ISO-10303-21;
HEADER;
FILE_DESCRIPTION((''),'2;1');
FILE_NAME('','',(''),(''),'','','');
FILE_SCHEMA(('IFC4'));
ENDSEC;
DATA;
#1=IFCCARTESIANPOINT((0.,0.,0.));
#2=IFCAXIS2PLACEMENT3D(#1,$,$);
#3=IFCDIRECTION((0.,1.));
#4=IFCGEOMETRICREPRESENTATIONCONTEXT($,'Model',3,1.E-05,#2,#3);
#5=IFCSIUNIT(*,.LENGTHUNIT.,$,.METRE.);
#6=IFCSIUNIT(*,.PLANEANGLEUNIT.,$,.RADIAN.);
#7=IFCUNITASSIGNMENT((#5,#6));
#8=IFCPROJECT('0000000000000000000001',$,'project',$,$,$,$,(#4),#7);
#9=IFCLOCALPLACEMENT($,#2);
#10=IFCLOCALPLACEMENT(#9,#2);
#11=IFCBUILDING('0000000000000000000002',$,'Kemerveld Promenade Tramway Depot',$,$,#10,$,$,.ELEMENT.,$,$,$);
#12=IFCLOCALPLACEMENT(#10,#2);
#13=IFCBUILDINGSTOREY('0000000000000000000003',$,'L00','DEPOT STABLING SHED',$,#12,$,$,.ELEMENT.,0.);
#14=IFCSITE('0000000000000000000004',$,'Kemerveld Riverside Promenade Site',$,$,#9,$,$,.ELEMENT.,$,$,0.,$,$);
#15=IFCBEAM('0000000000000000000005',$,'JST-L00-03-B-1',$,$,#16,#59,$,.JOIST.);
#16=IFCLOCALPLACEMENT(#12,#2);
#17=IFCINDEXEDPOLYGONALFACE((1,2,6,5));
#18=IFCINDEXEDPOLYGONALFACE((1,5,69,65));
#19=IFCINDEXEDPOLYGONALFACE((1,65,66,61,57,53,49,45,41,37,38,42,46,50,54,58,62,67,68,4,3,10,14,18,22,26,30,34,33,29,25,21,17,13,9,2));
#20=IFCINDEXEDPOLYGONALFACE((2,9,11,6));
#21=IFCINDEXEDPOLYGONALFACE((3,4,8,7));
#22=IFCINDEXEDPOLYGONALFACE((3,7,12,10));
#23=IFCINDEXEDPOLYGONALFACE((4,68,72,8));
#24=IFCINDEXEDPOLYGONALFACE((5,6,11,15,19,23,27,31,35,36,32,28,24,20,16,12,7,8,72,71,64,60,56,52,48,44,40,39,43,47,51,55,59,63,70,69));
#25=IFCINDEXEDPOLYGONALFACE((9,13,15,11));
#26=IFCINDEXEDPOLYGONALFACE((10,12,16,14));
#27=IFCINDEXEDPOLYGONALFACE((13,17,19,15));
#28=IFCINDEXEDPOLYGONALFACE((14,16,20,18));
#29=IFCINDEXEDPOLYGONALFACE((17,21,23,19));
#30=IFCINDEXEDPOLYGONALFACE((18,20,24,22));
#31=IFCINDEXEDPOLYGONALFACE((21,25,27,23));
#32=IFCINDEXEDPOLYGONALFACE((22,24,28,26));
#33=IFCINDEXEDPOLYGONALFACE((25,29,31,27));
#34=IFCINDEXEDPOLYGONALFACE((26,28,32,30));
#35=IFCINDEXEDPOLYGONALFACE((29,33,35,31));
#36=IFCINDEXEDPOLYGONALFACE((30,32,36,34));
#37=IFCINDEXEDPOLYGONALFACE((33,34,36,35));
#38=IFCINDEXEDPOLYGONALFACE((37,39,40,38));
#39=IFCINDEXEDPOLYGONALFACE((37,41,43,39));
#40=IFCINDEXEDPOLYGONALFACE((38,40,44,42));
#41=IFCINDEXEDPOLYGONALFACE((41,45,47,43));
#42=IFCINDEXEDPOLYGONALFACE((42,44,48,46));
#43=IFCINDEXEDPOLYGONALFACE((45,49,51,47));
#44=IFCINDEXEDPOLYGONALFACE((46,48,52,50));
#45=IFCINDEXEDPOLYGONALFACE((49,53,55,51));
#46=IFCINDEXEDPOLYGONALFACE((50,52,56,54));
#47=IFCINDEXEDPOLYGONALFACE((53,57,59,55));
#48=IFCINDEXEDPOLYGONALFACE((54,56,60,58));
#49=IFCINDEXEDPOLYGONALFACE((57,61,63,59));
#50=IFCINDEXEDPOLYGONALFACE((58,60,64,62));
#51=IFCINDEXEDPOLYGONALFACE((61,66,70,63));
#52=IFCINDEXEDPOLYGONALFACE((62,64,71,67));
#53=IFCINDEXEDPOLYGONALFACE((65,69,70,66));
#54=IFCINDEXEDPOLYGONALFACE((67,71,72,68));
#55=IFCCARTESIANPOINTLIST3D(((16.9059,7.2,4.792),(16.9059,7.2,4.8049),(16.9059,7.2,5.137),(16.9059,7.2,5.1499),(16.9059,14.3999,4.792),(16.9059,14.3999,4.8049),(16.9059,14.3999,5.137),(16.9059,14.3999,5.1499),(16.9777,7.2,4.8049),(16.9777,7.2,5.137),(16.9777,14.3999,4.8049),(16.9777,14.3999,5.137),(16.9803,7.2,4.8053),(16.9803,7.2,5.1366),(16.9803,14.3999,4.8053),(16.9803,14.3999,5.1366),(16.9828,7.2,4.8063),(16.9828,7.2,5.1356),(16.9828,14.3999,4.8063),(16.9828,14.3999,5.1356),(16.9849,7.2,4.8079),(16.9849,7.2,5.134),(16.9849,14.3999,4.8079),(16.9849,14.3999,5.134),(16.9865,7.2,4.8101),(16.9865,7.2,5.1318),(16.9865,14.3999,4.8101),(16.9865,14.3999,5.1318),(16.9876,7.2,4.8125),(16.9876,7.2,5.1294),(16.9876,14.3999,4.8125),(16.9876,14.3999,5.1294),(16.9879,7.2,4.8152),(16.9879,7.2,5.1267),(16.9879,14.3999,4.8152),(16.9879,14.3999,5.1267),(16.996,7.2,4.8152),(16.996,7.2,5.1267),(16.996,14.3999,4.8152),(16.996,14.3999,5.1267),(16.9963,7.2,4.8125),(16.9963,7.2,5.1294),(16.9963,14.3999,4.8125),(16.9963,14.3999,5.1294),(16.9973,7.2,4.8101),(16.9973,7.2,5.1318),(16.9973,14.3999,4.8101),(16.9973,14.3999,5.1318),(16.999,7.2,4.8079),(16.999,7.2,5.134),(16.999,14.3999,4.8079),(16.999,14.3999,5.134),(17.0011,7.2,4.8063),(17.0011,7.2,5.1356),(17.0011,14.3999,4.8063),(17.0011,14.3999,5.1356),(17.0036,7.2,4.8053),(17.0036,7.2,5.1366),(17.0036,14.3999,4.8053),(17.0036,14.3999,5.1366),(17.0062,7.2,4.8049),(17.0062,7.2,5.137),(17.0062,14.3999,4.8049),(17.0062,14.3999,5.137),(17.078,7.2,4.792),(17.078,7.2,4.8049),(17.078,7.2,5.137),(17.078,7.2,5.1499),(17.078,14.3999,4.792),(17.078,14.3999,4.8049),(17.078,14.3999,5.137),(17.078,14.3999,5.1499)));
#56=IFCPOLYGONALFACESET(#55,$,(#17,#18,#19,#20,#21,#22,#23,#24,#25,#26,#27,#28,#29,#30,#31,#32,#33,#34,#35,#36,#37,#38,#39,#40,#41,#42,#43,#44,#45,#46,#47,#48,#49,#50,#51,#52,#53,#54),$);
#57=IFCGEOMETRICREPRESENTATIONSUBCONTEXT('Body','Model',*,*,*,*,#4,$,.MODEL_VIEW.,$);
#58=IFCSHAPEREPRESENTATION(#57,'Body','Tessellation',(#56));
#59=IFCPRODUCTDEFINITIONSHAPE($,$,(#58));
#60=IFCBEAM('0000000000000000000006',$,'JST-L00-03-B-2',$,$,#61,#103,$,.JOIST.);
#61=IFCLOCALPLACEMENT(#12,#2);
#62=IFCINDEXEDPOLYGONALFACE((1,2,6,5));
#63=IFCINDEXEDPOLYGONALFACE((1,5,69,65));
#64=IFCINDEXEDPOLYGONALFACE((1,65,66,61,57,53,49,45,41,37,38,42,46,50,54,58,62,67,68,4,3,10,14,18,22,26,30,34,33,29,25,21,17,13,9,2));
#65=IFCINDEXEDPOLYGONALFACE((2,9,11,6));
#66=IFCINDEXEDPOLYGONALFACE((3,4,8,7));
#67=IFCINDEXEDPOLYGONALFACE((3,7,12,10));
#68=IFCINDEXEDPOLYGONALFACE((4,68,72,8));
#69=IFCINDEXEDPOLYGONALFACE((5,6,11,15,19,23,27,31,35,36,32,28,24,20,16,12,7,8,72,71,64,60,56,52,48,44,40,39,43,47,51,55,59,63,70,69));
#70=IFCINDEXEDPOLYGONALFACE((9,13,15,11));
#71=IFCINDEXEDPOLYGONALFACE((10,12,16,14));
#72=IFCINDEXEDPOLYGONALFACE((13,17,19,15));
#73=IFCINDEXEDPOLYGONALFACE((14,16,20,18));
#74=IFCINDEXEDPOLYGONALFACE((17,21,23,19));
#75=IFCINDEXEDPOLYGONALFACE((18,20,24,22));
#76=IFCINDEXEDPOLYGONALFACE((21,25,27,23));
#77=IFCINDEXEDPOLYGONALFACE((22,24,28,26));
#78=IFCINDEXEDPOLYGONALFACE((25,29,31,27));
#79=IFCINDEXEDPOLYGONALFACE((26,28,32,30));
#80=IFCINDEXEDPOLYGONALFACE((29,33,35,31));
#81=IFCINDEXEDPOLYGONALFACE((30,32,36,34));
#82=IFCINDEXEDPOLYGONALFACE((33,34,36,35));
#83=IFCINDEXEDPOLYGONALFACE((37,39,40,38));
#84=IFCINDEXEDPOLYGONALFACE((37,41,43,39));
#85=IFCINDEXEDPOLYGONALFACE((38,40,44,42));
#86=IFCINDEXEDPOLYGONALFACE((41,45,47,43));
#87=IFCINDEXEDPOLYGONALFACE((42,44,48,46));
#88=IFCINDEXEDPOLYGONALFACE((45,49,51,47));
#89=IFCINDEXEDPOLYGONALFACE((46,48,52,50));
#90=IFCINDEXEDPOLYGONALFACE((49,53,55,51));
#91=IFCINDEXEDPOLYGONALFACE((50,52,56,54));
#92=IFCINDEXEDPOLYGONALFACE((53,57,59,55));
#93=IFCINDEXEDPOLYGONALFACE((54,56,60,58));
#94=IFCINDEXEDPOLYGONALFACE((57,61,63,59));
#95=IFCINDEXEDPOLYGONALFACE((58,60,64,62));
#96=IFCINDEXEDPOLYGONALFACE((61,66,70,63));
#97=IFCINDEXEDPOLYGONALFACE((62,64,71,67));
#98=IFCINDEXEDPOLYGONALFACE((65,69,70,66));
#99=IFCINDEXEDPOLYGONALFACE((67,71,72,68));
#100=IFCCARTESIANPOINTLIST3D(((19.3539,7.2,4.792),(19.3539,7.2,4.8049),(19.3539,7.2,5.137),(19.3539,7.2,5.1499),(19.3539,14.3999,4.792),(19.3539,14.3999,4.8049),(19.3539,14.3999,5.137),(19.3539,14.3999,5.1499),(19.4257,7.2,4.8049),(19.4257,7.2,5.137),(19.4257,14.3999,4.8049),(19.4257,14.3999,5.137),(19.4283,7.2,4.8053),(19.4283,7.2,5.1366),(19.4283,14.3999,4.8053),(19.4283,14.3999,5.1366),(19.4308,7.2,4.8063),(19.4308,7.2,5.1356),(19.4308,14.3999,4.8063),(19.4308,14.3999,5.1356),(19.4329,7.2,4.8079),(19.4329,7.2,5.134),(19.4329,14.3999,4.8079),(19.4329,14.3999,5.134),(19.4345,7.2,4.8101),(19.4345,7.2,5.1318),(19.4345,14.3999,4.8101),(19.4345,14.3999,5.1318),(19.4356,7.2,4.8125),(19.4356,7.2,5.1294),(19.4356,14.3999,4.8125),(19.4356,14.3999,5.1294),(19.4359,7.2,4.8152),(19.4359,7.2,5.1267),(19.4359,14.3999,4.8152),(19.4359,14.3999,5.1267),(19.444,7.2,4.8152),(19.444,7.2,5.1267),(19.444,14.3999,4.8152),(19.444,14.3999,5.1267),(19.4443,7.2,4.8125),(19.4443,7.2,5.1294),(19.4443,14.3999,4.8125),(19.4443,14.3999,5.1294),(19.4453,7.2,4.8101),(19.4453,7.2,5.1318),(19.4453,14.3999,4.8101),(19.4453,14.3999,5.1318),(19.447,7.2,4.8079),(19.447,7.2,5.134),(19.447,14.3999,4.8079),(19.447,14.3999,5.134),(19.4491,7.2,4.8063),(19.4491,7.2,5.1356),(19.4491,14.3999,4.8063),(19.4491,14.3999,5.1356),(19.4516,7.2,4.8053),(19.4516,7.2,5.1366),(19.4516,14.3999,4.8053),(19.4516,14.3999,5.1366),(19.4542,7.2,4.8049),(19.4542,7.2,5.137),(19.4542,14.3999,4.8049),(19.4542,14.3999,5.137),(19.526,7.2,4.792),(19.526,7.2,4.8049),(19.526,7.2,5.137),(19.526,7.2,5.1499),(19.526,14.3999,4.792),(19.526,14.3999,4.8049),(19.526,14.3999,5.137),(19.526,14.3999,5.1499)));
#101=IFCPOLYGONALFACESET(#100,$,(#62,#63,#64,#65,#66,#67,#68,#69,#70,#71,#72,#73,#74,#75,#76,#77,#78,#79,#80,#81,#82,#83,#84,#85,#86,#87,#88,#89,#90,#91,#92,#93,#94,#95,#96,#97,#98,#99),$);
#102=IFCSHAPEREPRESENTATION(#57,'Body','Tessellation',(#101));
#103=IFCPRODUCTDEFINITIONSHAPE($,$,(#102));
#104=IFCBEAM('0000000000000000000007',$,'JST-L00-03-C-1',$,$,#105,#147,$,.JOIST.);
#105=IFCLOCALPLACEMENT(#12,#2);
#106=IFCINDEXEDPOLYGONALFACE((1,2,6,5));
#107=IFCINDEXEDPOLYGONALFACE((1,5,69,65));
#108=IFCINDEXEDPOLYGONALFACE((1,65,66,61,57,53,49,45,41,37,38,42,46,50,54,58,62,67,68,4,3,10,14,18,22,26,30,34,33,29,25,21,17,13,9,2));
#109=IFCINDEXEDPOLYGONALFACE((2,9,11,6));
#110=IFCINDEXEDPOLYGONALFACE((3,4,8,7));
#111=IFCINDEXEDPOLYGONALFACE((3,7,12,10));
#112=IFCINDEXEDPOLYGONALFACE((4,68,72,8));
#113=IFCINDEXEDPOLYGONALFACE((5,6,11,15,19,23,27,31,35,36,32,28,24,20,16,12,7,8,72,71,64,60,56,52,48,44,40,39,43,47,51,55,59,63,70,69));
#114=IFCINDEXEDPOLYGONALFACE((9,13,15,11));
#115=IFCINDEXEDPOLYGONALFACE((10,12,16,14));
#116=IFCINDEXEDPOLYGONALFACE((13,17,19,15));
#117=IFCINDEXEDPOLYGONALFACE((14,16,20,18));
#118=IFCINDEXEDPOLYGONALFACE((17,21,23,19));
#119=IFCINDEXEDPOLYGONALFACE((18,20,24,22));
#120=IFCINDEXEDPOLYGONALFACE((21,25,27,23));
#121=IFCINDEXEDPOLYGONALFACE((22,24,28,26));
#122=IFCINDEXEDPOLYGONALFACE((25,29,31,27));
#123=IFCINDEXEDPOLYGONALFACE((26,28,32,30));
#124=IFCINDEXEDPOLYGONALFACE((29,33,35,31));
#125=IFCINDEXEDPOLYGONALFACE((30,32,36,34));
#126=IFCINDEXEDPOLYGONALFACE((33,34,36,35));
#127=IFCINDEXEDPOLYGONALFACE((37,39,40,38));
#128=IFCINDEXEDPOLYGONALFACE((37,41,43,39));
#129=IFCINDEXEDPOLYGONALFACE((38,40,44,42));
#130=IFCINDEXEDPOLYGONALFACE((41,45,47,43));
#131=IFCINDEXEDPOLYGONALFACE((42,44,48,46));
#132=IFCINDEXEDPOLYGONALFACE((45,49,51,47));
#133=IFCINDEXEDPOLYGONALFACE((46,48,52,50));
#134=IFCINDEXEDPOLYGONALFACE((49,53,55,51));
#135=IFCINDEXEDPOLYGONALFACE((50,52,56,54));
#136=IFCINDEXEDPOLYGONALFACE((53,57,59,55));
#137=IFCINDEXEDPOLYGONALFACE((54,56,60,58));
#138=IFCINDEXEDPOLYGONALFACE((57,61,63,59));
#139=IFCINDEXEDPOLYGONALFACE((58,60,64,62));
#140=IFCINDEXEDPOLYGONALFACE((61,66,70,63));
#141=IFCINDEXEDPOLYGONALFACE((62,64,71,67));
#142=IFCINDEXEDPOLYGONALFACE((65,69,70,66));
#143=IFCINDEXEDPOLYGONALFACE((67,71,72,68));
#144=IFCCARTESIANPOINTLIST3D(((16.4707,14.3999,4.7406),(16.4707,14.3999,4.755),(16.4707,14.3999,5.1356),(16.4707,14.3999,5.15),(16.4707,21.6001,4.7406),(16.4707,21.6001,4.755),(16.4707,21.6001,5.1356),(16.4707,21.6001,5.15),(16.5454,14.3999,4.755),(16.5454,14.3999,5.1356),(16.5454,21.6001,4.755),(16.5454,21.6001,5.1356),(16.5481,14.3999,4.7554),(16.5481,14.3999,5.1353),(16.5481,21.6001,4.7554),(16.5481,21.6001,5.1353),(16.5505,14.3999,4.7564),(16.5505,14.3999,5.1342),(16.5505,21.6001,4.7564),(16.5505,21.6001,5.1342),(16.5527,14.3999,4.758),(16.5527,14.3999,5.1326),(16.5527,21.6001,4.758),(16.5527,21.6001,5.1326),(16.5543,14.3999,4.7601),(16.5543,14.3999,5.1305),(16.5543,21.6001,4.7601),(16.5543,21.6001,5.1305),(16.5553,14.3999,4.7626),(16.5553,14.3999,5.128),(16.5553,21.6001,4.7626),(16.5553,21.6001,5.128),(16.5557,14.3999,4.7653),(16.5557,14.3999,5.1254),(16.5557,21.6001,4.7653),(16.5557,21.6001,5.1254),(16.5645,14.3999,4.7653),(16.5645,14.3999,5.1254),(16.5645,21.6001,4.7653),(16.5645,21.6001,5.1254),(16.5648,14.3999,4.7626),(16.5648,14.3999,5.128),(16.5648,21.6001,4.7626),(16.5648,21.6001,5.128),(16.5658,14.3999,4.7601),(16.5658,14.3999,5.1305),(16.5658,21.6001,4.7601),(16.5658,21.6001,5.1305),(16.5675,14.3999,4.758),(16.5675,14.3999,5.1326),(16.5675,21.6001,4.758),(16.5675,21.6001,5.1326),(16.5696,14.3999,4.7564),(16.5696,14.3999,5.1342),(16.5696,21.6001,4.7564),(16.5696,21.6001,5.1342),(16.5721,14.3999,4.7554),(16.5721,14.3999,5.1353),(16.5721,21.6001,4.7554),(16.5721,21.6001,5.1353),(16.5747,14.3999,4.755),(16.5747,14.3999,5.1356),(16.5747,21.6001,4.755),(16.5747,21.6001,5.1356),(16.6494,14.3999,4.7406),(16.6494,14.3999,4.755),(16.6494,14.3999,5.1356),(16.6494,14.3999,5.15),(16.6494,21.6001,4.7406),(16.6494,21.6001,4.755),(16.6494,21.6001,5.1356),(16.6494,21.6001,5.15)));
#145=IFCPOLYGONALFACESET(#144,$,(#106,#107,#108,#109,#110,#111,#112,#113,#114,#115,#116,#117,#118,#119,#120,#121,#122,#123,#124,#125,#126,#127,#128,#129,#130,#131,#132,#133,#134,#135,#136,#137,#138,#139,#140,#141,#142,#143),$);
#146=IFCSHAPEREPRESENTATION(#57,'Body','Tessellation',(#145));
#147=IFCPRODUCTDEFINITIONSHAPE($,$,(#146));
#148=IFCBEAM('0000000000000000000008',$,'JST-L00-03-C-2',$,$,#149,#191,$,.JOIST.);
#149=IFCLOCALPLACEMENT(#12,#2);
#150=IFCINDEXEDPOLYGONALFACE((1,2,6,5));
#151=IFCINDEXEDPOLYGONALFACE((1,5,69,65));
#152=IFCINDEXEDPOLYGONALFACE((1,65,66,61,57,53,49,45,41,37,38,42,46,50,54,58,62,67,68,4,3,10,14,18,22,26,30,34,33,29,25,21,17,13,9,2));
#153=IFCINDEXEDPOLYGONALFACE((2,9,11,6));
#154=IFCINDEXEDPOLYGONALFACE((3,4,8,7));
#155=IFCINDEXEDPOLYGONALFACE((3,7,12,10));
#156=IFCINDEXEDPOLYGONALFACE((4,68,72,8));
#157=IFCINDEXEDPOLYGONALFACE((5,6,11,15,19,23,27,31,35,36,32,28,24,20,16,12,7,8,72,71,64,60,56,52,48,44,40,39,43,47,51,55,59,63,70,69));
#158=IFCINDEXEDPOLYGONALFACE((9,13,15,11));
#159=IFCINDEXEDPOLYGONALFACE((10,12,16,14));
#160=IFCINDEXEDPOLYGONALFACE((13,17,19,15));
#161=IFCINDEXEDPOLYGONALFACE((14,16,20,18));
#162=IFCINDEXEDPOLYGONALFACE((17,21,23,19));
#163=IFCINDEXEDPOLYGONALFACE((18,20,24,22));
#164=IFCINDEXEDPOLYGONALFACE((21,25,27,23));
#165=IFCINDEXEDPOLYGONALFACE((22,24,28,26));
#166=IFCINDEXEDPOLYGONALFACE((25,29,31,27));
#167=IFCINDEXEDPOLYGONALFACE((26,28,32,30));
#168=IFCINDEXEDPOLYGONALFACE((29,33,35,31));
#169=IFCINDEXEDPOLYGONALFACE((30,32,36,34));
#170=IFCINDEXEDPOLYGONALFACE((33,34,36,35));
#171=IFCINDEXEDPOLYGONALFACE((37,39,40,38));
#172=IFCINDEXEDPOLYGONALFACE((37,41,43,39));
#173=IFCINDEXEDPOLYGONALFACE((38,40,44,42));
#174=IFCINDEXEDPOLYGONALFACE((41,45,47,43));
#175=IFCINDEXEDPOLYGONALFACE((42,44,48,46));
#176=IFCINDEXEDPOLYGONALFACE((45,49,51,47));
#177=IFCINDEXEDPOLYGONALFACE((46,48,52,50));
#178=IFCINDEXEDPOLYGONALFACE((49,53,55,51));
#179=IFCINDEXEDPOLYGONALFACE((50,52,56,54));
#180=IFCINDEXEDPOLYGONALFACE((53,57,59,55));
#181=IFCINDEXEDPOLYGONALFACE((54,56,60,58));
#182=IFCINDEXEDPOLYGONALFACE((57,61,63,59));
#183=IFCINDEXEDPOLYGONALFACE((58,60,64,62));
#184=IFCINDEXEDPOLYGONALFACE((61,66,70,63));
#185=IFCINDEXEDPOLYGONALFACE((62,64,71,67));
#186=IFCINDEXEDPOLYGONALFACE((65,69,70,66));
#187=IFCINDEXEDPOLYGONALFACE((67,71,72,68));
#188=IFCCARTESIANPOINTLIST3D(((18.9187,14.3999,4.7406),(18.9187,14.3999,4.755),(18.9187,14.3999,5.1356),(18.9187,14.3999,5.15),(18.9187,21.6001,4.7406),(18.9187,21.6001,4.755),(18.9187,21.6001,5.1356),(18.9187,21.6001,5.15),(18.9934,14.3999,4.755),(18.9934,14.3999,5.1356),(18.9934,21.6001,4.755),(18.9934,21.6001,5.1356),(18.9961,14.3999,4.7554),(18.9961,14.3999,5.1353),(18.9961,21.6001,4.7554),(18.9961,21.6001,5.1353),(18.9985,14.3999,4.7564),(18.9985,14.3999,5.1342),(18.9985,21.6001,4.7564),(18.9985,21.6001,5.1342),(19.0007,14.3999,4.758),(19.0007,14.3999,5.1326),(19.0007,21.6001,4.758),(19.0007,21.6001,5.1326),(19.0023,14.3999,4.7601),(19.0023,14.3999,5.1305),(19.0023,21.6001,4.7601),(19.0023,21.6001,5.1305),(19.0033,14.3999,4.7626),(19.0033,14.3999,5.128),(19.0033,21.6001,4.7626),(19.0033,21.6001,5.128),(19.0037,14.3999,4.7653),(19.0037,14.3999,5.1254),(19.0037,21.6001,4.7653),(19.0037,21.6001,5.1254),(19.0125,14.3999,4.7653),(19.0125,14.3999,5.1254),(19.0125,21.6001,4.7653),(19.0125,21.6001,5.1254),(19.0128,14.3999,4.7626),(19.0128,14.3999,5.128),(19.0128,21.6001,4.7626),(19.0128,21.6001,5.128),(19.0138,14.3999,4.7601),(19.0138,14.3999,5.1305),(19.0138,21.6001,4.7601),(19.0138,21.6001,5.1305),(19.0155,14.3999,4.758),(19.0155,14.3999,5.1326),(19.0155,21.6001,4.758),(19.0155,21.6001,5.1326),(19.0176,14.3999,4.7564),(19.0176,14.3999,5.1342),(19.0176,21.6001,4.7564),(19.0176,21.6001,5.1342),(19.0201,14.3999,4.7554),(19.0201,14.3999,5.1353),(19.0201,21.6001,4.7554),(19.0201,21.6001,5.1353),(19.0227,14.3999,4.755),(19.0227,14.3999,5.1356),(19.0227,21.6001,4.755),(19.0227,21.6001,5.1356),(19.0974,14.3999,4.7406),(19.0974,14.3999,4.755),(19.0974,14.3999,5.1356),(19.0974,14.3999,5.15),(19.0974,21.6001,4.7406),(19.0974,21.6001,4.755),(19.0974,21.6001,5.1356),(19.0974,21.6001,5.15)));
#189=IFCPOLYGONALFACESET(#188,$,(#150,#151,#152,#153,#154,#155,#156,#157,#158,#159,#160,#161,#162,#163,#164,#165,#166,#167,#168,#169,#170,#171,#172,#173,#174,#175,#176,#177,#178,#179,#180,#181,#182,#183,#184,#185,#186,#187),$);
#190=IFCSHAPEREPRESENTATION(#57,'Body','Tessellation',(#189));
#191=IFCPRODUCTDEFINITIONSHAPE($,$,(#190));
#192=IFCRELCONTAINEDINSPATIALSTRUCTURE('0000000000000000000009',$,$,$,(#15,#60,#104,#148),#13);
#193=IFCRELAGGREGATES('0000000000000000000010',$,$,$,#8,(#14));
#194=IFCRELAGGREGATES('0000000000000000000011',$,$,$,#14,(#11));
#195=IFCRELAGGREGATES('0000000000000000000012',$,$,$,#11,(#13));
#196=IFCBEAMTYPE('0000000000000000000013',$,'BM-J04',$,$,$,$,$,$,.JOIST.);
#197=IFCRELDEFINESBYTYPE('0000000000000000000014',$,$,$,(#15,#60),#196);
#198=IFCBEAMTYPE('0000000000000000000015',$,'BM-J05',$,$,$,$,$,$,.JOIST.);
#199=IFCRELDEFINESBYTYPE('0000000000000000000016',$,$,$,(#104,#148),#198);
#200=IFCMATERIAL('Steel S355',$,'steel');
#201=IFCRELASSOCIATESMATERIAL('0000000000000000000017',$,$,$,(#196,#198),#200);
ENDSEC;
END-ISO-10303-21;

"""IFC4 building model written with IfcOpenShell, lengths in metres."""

from ifc_helpers import new_model, si_unit, direction, frame, origin, origin_2d, place, context, subcontext, project, spatial, i_section, extrude, material, material_profile, profile_set, type_object, element, save


model = new_model("IFC4")

# Units and contexts
model_context = context("Model", 3, precision=1e-05, world=origin(), true_north=direction((0.0, 1.0)))
body_context = subcontext(model_context, "Body", "Model", "MODEL_VIEW")
ifc_project = project(units=[si_unit("LENGTHUNIT", "METRE"), si_unit("PLANEANGLEUNIT", "RADIAN")], contexts=[model_context])

# Site, building, storey
site_placement = place(None, origin())
site = spatial("IfcSite", under=ifc_project, at=site_placement, Name="Kemerveld Riverside Promenade Site", CompositionType="ELEMENT", RefElevation=0.0)
building_placement = place(site_placement, origin())
building = spatial("IfcBuilding", under=site, at=building_placement, Name="Kemerveld Promenade Tramway Depot", CompositionType="ELEMENT")
storey_placement = place(building_placement, origin())
storey = spatial("IfcBuildingStorey", under=building, at=storey_placement, Name="L00", Description="DEPOT STABLING SHED", CompositionType="ELEMENT", Elevation=0.0)

# Shared definitions
ifc_material_1 = material(Name="Steel S355", Category="steel")

# Beams
ifc_material_profile_1 = material_profile(ifc_material_1, i_section(OverallWidth=0.1721, OverallDepth=0.3579, WebThickness=0.0081, FlangeThickness=0.0129, FilletRadius=0.0103, at=origin_2d()), Name="356x171x57 UB")
ifc_profile_set_1 = profile_set([ifc_material_profile_1], Name="Steel S355")
beam_type_1 = type_object("IfcBeamType", Name="BM-J04", PredefinedType="JOIST", material=ifc_profile_set_1)
for number, where, z_axis, x_axis, name in (
    (1, (16.9919, 7.2, 4.9709), (0.0, 1.0, 0.0), (-1.0, 0.0, 0.0), "JST-L00-03-B-1"),
    (2, (19.4399, 7.2, 4.9709), (0.0, 1.0, 0.0), (-1.0, 0.0, 0.0), "JST-L00-03-B-2"),
):
    element("IfcBeam", number, at=place(storey_placement, frame(where, z_axis=z_axis, x_axis=x_axis)), inside=storey, type_object=beam_type_1, Name=name, PredefinedType="JOIST", context=body_context, shape_type="SweptSolid", body=[
        extrude(i_section(OverallWidth=0.1721, OverallDepth=0.3579, WebThickness=0.0081, FlangeThickness=0.0129, FilletRadius=0.0103, at=origin_2d()), origin(), (0.0, 0.0, 1.0), 7.2),
    ])
ifc_material_profile_2 = material_profile(ifc_material_1, i_section(OverallWidth=0.1787, OverallDepth=0.4094, WebThickness=0.0088, FlangeThickness=0.0144, FilletRadius=0.0103, at=origin_2d()), Name="406x178x67 UB")
ifc_profile_set_2 = profile_set([ifc_material_profile_2], Name="Steel S355")
beam_type_2 = type_object("IfcBeamType", Name="BM-J05", PredefinedType="JOIST", material=ifc_profile_set_2)
for number, where, z_axis, x_axis, name in (
    (3, (16.5601, 14.3999, 4.9453), (0.0, 1.0, 0.0), (-1.0, 0.0, 0.0), "JST-L00-03-C-1"),
    (4, (19.0081, 14.3999, 4.9453), (0.0, 1.0, 0.0), (-1.0, 0.0, 0.0), "JST-L00-03-C-2"),
):
    element("IfcBeam", number, at=place(storey_placement, frame(where, z_axis=z_axis, x_axis=x_axis)), inside=storey, type_object=beam_type_2, Name=name, PredefinedType="JOIST", context=body_context, shape_type="SweptSolid", body=[
        extrude(i_section(OverallWidth=0.1787, OverallDepth=0.4094, WebThickness=0.0088, FlangeThickness=0.0144, FilletRadius=0.0103, at=origin_2d()), origin(), (0.0, 0.0, 1.0), 7.2002),
    ])

save(model, "model.ifc")
